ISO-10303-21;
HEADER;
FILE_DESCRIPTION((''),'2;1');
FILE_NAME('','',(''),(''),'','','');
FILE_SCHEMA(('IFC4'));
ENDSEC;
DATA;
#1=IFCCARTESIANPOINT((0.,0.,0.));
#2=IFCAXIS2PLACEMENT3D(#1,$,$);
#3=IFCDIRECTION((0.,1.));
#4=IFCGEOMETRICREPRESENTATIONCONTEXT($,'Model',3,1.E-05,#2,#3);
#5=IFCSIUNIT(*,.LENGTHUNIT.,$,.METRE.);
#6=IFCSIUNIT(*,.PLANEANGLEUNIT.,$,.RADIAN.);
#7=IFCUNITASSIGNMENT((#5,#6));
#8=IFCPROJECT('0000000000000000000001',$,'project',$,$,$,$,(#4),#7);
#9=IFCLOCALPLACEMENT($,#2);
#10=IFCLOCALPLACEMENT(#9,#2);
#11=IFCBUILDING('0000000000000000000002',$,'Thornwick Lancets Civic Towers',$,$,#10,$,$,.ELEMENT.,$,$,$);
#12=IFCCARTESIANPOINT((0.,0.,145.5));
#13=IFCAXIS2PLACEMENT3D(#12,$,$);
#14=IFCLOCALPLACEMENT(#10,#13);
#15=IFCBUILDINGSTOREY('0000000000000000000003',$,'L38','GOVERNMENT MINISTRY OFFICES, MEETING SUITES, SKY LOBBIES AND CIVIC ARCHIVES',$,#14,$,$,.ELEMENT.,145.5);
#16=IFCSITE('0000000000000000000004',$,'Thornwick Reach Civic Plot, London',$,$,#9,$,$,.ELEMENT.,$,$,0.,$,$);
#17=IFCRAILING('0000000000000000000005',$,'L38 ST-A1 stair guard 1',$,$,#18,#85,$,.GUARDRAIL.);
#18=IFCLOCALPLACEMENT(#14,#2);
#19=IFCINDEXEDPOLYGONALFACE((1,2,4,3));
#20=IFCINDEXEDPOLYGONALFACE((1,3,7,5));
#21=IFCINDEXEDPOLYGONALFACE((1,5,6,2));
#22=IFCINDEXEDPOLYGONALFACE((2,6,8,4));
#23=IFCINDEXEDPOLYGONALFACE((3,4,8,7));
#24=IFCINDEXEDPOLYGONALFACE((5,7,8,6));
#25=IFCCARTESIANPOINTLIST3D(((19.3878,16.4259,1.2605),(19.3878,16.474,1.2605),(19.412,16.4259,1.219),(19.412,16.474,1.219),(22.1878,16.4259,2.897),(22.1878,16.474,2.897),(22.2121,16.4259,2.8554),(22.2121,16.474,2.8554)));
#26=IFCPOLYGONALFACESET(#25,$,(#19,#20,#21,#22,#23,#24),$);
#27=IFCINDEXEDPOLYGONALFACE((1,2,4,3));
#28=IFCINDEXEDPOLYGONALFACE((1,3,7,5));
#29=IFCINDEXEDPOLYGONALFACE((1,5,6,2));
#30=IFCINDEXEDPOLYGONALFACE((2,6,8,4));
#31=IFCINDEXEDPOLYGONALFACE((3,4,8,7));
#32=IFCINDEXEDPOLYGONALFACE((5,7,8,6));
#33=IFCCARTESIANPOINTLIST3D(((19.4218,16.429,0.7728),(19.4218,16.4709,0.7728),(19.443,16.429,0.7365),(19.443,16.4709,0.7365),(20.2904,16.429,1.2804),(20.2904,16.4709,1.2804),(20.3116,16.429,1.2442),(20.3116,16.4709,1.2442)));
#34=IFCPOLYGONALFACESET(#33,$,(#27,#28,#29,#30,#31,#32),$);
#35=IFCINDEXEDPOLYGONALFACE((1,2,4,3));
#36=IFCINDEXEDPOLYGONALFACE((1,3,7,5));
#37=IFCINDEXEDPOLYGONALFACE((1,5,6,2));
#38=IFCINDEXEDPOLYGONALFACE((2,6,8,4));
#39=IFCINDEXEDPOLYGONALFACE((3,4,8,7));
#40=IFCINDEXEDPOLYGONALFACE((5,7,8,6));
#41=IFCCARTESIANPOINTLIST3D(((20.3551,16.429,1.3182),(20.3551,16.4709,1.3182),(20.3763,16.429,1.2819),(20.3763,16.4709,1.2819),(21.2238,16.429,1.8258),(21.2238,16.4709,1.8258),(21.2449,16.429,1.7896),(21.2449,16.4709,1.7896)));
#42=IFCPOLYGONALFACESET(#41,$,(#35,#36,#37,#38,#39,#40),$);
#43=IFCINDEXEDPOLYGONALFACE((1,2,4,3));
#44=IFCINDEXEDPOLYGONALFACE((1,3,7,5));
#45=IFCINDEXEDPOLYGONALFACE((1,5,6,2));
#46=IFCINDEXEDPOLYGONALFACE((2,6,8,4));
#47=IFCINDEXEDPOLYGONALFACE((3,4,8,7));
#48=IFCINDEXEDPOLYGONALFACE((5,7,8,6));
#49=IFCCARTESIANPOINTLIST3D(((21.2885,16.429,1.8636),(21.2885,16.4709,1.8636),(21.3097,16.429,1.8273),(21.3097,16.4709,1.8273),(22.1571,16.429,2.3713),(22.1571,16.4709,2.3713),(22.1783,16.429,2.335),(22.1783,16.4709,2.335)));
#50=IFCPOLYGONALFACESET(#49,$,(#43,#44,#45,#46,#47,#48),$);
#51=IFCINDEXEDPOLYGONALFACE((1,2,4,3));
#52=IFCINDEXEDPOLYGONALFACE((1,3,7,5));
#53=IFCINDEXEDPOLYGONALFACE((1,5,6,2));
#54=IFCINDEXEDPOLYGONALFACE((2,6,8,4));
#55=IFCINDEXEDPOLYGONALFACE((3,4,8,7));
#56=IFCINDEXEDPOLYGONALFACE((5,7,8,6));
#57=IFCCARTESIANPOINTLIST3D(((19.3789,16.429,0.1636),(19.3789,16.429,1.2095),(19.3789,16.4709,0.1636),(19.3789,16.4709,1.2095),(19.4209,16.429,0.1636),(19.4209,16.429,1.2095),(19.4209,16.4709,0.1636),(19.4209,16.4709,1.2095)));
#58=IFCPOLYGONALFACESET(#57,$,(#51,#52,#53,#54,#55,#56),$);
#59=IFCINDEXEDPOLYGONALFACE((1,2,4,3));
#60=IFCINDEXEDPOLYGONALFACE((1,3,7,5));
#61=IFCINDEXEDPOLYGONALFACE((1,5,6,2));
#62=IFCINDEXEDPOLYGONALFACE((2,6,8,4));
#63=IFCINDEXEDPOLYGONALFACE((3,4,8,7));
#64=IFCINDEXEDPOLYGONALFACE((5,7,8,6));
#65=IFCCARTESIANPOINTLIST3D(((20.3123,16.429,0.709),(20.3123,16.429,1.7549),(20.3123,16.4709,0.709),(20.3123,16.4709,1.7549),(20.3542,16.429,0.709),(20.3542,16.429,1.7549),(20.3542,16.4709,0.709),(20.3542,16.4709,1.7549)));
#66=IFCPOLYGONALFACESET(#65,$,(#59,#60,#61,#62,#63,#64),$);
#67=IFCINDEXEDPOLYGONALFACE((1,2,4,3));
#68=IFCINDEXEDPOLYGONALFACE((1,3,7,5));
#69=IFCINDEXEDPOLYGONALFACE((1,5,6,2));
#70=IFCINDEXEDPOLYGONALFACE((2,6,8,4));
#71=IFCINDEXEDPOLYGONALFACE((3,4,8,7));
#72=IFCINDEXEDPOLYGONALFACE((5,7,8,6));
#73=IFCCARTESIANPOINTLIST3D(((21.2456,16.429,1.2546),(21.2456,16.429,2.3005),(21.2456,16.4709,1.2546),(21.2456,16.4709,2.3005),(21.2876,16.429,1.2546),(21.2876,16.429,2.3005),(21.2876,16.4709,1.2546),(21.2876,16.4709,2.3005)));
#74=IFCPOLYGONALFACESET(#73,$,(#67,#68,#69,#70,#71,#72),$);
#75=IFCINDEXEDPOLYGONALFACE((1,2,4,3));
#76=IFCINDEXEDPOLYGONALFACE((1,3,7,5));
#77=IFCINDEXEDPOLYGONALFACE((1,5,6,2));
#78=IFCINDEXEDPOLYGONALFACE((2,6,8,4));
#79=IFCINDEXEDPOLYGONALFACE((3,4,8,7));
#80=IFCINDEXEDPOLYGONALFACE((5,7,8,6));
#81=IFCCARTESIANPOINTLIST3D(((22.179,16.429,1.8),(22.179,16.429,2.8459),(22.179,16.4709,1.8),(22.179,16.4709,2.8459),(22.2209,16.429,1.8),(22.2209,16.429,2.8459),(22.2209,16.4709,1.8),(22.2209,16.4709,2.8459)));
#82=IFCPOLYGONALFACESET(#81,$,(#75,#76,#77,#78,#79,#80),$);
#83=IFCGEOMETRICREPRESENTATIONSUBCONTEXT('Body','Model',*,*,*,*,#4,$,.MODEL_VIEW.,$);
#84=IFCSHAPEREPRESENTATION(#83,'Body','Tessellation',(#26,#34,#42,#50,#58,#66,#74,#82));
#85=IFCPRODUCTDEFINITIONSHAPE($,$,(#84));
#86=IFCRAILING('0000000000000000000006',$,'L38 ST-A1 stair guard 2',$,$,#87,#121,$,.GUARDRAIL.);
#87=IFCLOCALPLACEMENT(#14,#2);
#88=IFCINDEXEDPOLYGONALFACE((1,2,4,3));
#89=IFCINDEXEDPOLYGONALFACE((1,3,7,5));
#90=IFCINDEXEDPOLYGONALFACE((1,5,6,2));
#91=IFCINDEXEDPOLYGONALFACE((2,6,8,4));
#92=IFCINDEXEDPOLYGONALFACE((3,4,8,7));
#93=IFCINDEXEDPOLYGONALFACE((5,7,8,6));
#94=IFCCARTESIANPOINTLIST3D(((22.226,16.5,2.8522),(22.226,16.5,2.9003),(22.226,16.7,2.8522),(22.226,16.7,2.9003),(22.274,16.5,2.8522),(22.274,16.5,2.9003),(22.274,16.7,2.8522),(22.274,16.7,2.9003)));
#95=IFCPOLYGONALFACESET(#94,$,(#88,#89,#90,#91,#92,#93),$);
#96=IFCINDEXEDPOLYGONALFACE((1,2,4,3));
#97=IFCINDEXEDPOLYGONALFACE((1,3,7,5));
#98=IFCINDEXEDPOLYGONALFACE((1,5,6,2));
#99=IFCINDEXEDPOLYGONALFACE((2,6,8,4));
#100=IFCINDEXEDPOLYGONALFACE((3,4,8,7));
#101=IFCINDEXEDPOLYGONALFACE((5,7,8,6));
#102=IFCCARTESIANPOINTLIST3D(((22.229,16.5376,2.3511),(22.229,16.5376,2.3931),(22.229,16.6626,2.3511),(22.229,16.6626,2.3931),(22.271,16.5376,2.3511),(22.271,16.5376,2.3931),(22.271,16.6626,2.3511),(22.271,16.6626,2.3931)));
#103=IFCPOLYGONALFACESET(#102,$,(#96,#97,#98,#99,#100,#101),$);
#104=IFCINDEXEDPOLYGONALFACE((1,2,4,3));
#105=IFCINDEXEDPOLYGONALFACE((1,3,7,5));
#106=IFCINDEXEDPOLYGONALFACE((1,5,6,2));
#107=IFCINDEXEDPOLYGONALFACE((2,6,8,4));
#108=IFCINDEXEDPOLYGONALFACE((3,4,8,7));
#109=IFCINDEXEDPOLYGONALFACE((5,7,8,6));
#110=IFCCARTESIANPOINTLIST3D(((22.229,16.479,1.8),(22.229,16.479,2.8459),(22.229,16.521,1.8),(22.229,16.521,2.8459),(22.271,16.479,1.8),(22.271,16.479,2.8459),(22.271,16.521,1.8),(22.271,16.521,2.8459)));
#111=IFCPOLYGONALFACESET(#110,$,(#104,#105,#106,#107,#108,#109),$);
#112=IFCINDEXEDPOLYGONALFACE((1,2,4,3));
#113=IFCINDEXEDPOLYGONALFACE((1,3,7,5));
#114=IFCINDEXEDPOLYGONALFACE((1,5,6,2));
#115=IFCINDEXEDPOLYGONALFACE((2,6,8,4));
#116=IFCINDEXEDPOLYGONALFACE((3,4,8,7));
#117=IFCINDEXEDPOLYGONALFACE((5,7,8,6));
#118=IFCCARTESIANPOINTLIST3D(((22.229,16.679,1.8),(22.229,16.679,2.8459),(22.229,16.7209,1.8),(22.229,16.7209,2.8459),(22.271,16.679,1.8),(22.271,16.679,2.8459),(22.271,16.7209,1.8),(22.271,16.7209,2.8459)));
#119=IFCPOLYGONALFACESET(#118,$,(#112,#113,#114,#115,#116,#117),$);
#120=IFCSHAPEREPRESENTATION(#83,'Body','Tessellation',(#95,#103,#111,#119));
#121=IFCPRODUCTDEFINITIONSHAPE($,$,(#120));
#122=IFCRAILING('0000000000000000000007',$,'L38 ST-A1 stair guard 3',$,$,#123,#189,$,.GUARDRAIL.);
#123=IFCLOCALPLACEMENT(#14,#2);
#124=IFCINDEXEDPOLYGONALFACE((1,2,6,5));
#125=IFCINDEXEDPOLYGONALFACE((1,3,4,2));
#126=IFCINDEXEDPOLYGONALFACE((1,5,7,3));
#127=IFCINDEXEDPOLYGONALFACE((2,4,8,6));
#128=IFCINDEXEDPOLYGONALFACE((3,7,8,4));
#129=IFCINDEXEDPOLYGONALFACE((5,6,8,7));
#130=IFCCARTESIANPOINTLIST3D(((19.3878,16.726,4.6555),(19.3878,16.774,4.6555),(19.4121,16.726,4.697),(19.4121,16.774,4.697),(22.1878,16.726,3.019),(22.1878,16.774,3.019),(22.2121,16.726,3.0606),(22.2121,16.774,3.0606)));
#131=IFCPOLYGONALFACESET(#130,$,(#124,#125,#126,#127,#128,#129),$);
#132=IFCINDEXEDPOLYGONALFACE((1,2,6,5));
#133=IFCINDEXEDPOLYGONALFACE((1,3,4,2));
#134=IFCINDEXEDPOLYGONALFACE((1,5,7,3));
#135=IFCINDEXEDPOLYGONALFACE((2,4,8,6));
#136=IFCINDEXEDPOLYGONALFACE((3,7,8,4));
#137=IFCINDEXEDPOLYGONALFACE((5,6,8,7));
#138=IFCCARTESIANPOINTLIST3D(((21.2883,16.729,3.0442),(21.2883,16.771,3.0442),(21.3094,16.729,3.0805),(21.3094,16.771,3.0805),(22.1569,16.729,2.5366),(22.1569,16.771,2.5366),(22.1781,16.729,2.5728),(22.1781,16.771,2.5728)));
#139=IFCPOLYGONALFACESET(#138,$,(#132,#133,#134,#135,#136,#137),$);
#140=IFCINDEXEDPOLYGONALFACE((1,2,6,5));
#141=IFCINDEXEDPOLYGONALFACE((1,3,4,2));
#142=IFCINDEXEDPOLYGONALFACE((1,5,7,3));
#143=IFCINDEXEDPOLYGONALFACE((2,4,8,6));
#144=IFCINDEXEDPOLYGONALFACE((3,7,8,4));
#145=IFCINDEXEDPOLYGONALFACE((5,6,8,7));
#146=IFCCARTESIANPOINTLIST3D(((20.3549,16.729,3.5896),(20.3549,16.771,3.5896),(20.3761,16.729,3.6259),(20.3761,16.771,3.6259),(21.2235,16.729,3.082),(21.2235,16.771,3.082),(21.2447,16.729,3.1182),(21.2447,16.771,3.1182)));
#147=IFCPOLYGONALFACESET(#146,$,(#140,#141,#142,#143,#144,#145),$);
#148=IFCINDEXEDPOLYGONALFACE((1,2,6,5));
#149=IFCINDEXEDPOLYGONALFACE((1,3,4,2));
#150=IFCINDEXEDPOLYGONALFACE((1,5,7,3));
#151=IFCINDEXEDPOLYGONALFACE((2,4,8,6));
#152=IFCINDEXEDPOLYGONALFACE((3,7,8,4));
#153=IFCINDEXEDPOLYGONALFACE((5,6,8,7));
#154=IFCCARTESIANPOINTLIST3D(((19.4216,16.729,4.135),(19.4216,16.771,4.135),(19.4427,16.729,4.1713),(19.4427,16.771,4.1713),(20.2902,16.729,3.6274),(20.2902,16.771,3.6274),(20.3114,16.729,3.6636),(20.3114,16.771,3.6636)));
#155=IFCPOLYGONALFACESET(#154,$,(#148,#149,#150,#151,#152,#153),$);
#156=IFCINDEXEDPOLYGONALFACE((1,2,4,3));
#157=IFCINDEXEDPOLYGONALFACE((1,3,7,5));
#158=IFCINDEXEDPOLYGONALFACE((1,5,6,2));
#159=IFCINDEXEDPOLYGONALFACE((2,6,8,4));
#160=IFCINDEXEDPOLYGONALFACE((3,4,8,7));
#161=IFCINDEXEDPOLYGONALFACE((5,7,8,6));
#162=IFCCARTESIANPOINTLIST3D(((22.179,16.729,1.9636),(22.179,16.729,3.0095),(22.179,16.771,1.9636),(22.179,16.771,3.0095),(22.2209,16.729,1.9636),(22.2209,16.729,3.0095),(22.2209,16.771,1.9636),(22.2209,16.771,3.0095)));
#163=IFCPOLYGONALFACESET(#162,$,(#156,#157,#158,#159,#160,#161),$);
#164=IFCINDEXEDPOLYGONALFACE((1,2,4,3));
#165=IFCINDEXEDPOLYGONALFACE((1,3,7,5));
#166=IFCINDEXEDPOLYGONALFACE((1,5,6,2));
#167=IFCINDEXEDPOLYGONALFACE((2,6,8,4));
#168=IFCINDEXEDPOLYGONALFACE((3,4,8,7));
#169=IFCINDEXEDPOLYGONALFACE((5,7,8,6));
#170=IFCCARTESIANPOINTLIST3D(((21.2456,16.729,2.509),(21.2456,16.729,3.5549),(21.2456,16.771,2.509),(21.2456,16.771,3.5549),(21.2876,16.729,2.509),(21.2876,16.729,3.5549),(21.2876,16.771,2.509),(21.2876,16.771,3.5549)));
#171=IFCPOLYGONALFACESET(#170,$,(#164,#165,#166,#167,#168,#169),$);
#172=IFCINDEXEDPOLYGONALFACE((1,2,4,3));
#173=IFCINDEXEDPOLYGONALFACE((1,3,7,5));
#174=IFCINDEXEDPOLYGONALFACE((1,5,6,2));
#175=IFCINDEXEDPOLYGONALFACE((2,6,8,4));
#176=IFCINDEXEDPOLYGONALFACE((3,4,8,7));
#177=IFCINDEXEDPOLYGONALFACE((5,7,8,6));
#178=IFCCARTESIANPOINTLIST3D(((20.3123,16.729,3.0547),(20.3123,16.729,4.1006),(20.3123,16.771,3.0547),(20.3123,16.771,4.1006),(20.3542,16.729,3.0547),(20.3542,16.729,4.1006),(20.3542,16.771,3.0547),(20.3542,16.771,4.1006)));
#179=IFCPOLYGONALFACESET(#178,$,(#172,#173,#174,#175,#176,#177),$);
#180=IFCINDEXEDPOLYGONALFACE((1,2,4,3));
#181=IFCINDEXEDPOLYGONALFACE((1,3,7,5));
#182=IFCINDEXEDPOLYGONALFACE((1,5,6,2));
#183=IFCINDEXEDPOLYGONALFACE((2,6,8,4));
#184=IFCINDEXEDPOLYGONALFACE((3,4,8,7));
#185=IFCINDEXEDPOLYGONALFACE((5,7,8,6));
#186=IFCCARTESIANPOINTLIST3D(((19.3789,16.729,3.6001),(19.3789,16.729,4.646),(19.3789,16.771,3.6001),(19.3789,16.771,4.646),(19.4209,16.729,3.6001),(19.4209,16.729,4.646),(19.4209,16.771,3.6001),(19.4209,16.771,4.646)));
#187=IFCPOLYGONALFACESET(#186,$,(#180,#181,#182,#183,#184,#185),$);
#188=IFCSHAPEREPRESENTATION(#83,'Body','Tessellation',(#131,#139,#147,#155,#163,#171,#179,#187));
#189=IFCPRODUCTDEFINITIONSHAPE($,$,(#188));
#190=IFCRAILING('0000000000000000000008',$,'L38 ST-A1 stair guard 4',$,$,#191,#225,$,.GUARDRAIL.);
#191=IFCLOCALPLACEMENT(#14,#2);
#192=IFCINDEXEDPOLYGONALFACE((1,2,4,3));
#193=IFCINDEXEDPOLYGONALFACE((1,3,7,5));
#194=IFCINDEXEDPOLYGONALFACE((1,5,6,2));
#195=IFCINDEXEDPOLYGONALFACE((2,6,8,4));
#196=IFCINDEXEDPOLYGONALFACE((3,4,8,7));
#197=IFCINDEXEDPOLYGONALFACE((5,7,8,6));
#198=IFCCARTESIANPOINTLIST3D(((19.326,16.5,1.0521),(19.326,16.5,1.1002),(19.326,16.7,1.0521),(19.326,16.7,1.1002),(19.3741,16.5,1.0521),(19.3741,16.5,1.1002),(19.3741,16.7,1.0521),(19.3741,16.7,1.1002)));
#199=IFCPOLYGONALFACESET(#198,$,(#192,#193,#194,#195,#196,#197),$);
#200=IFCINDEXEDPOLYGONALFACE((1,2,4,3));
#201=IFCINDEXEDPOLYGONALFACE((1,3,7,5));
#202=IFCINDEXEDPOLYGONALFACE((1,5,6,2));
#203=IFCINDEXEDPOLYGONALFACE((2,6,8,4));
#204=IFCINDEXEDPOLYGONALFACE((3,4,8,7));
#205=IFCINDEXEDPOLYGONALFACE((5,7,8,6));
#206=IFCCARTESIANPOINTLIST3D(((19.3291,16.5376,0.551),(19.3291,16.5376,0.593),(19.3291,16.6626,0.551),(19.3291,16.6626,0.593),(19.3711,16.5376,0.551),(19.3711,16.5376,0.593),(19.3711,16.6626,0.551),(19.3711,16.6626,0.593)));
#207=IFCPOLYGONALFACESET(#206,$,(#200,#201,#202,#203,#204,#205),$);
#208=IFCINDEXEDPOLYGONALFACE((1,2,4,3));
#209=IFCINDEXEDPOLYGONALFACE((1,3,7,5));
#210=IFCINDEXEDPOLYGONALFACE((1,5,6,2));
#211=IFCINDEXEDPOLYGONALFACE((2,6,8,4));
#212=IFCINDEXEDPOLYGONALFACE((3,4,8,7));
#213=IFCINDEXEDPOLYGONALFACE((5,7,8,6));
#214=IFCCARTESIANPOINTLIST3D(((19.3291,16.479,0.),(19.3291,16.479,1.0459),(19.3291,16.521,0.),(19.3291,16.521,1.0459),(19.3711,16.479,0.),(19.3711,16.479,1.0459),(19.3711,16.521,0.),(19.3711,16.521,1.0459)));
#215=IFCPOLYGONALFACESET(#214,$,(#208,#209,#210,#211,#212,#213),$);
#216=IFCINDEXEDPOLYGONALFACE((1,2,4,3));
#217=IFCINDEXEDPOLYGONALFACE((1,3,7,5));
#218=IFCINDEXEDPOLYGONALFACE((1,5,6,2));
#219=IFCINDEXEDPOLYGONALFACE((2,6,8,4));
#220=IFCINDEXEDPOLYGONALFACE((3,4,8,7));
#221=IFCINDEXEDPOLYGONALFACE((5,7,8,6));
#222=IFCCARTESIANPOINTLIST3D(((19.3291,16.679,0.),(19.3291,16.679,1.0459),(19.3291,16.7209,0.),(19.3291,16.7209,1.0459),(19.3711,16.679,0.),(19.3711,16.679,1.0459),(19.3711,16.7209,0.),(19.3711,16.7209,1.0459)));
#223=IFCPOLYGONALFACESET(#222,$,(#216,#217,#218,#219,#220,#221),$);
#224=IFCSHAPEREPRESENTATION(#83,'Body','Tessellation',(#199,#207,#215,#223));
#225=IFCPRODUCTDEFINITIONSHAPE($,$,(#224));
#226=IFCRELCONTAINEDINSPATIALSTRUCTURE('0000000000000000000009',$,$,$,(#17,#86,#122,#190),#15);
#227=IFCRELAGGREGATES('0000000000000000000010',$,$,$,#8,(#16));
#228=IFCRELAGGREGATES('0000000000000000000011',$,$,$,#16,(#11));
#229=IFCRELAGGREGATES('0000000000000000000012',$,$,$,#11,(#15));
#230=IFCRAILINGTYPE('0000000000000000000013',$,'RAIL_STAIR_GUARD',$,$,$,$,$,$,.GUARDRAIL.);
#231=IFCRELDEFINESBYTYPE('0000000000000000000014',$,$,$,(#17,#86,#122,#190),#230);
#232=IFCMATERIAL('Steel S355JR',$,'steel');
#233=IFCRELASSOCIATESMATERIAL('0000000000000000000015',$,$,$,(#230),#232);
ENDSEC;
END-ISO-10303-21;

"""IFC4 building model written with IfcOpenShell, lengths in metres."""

from ifc_helpers import new_model, si_unit, direction, frame, origin, origin_2d, place, context, subcontext, project, spatial, rectangle, extrude, material, type_object, element, save


model = new_model("IFC4")

# Units and contexts
model_context = context("Model", 3, precision=1e-05, world=origin(), true_north=direction((0.0, 1.0)))
body_context = subcontext(model_context, "Body", "Model", "MODEL_VIEW")
ifc_project = project(units=[si_unit("LENGTHUNIT", "METRE"), si_unit("PLANEANGLEUNIT", "RADIAN")], contexts=[model_context])

# Site, building, storey
site_placement = place(None, origin())
site = spatial("IfcSite", under=ifc_project, at=site_placement, Name="Thornwick Reach Civic Plot, London", CompositionType="ELEMENT", RefElevation=0.0)
building_placement = place(site_placement, origin())
building = spatial("IfcBuilding", under=site, at=building_placement, Name="Thornwick Lancets Civic Towers", CompositionType="ELEMENT")
storey_placement = place(building_placement, frame((0.0, 0.0, 145.5)))
storey = spatial("IfcBuildingStorey", under=building, at=storey_placement, Name="L38", Description="GOVERNMENT MINISTRY OFFICES, MEETING SUITES, SKY LOBBIES AND CIVIC ARCHIVES", CompositionType="ELEMENT", Elevation=145.5)

# Shared definitions
ifc_material_1 = material(Name="Steel S355JR", Category="steel")

# Railings
railing_type_1 = type_object("IfcRailingType", Name="RAIL_STAIR_GUARD", PredefinedType="GUARDRAIL", material=ifc_material_1)
railing_1_placement = place(storey_placement, frame((19.3999, 16.45, 0.1636)))
element("IfcRailing", 1, at=railing_1_placement, inside=storey, type_object=railing_type_1, Name="L38 ST-A1 stair guard 1", PredefinedType="GUARDRAIL", context=body_context, shape_type="SweptSolid", body=[
    extrude(rectangle(XDim=0.0481, YDim=0.0481, at=origin_2d()), frame((0.0, 0.0, 1.0762), z_axis=(0.863361, 0.0, 0.504587), x_axis=(0.0, 1.0, 0.0)), (0.0, 0.0, 1.0), 3.2432),
    extrude(rectangle(XDim=0.042, YDim=0.042, at=origin_2d()), frame((0.0325, 0.0, 0.5911), z_axis=(0.863361, 0.0, 0.504587), x_axis=(0.0, 1.0, 0.0)), (0.0, 0.0, 1.0), 1.0061),
    extrude(rectangle(XDim=0.042, YDim=0.042, at=origin_2d()), frame((0.9658, 0.0, 1.1365), z_axis=(0.863361, 0.0, 0.504587), x_axis=(0.0, 1.0, 0.0)), (0.0, 0.0, 1.0), 1.0061),
    extrude(rectangle(XDim=0.042, YDim=0.042, at=origin_2d()), frame((1.8992, 0.0, 1.6819), z_axis=(0.863361, 0.0, 0.504587), x_axis=(0.0, 1.0, 0.0)), (0.0, 0.0, 1.0), 1.0061),
    extrude(rectangle(XDim=0.042, YDim=0.042, at=origin_2d()), origin(), (0.0, 0.0, 1.0), 1.0459),
    extrude(rectangle(XDim=0.042, YDim=0.042, at=origin_2d()), frame((0.9333, 0.0, 0.5454)), (0.0, 0.0, 1.0), 1.0459),
    extrude(rectangle(XDim=0.042, YDim=0.042, at=origin_2d()), frame((1.8667, 0.0, 1.0911)), (0.0, 0.0, 1.0), 1.0459),
    extrude(rectangle(XDim=0.042, YDim=0.042, at=origin_2d()), frame((2.8, 0.0, 1.6365)), (0.0, 0.0, 1.0), 1.0459),
])
railing_2_placement = place(storey_placement, frame((22.25, 16.5, 1.8)))
element("IfcRailing", 2, at=railing_2_placement, inside=storey, type_object=railing_type_1, Name="L38 ST-A1 stair guard 2", PredefinedType="GUARDRAIL", context=body_context, shape_type="SweptSolid", body=[
    extrude(rectangle(XDim=0.0481, YDim=0.0481, at=origin_2d()), frame((0.0, 0.0, 1.0762), z_axis=(0.0, 1.0, 0.0), x_axis=(-1.0, 0.0, 0.0)), (0.0, 0.0, 1.0), 0.2),
    extrude(rectangle(XDim=0.042, YDim=0.042, at=origin_2d()), frame((0.0, 0.0376, 0.572), z_axis=(0.0, 1.0, 0.0), x_axis=(-1.0, 0.0, 0.0)), (0.0, 0.0, 1.0), 0.125),
    extrude(rectangle(XDim=0.042, YDim=0.042, at=origin_2d()), origin(), (0.0, 0.0, 1.0), 1.0459),
    extrude(rectangle(XDim=0.042, YDim=0.042, at=origin_2d()), frame((0.0, 0.2, 0.0)), (0.0, 0.0, 1.0), 1.0459),
])
railing_3_placement = place(storey_placement, frame((22.2, 16.75, 1.9636)))
element("IfcRailing", 3, at=railing_3_placement, inside=storey, type_object=railing_type_1, Name="L38 ST-A1 stair guard 3", PredefinedType="GUARDRAIL", context=body_context, shape_type="SweptSolid", body=[
    extrude(rectangle(XDim=0.0481, YDim=0.0481, at=origin_2d()), frame((0.0, 0.0, 1.0762), z_axis=(-0.863361, 0.0, 0.504587), x_axis=(0.0, -1.0, 0.0)), (0.0, 0.0, 1.0), 3.2432),
    extrude(rectangle(XDim=0.042, YDim=0.042, at=origin_2d()), frame((-0.0325, 0.0, 0.5911), z_axis=(-0.863361, 0.0, 0.504587), x_axis=(0.0, -1.0, 0.0)), (0.0, 0.0, 1.0), 1.0061),
    extrude(rectangle(XDim=0.042, YDim=0.042, at=origin_2d()), frame((-0.9658, 0.0, 1.1365), z_axis=(-0.863361, 0.0, 0.504587), x_axis=(0.0, -1.0, 0.0)), (0.0, 0.0, 1.0), 1.0061),
    extrude(rectangle(XDim=0.042, YDim=0.042, at=origin_2d()), frame((-1.8992, 0.0, 1.6819), z_axis=(-0.863361, 0.0, 0.504587), x_axis=(0.0, -1.0, 0.0)), (0.0, 0.0, 1.0), 1.0061),
    extrude(rectangle(XDim=0.042, YDim=0.042, at=origin_2d()), origin(), (0.0, 0.0, 1.0), 1.0459),
    extrude(rectangle(XDim=0.042, YDim=0.042, at=origin_2d()), frame((-0.9333, 0.0, 0.5454)), (0.0, 0.0, 1.0), 1.0459),
    extrude(rectangle(XDim=0.042, YDim=0.042, at=origin_2d()), frame((-1.8667, 0.0, 1.0911)), (0.0, 0.0, 1.0), 1.0459),
    extrude(rectangle(XDim=0.042, YDim=0.042, at=origin_2d()), frame((-2.8, 0.0, 1.6365)), (0.0, 0.0, 1.0), 1.0459),
])
railing_4_placement = place(storey_placement, frame((19.3501, 16.5, 0.0)))
element("IfcRailing", 4, at=railing_4_placement, inside=storey, type_object=railing_type_1, Name="L38 ST-A1 stair guard 4", PredefinedType="GUARDRAIL", context=body_context, shape_type="SweptSolid", body=[
    extrude(rectangle(XDim=0.0481, YDim=0.0481, at=origin_2d()), frame((0.0, 0.0, 1.0762), z_axis=(0.0, 1.0, 0.0), x_axis=(-1.0, 0.0, 0.0)), (0.0, 0.0, 1.0), 0.2),
    extrude(rectangle(XDim=0.042, YDim=0.042, at=origin_2d()), frame((0.0, 0.0376, 0.572), z_axis=(0.0, 1.0, 0.0), x_axis=(-1.0, 0.0, 0.0)), (0.0, 0.0, 1.0), 0.125),
    extrude(rectangle(XDim=0.042, YDim=0.042, at=origin_2d()), origin(), (0.0, 0.0, 1.0), 1.0459),
    extrude(rectangle(XDim=0.042, YDim=0.042, at=origin_2d()), frame((0.0, 0.2, 0.0)), (0.0, 0.0, 1.0), 1.0459),
])

save(model, "model.ifc")
